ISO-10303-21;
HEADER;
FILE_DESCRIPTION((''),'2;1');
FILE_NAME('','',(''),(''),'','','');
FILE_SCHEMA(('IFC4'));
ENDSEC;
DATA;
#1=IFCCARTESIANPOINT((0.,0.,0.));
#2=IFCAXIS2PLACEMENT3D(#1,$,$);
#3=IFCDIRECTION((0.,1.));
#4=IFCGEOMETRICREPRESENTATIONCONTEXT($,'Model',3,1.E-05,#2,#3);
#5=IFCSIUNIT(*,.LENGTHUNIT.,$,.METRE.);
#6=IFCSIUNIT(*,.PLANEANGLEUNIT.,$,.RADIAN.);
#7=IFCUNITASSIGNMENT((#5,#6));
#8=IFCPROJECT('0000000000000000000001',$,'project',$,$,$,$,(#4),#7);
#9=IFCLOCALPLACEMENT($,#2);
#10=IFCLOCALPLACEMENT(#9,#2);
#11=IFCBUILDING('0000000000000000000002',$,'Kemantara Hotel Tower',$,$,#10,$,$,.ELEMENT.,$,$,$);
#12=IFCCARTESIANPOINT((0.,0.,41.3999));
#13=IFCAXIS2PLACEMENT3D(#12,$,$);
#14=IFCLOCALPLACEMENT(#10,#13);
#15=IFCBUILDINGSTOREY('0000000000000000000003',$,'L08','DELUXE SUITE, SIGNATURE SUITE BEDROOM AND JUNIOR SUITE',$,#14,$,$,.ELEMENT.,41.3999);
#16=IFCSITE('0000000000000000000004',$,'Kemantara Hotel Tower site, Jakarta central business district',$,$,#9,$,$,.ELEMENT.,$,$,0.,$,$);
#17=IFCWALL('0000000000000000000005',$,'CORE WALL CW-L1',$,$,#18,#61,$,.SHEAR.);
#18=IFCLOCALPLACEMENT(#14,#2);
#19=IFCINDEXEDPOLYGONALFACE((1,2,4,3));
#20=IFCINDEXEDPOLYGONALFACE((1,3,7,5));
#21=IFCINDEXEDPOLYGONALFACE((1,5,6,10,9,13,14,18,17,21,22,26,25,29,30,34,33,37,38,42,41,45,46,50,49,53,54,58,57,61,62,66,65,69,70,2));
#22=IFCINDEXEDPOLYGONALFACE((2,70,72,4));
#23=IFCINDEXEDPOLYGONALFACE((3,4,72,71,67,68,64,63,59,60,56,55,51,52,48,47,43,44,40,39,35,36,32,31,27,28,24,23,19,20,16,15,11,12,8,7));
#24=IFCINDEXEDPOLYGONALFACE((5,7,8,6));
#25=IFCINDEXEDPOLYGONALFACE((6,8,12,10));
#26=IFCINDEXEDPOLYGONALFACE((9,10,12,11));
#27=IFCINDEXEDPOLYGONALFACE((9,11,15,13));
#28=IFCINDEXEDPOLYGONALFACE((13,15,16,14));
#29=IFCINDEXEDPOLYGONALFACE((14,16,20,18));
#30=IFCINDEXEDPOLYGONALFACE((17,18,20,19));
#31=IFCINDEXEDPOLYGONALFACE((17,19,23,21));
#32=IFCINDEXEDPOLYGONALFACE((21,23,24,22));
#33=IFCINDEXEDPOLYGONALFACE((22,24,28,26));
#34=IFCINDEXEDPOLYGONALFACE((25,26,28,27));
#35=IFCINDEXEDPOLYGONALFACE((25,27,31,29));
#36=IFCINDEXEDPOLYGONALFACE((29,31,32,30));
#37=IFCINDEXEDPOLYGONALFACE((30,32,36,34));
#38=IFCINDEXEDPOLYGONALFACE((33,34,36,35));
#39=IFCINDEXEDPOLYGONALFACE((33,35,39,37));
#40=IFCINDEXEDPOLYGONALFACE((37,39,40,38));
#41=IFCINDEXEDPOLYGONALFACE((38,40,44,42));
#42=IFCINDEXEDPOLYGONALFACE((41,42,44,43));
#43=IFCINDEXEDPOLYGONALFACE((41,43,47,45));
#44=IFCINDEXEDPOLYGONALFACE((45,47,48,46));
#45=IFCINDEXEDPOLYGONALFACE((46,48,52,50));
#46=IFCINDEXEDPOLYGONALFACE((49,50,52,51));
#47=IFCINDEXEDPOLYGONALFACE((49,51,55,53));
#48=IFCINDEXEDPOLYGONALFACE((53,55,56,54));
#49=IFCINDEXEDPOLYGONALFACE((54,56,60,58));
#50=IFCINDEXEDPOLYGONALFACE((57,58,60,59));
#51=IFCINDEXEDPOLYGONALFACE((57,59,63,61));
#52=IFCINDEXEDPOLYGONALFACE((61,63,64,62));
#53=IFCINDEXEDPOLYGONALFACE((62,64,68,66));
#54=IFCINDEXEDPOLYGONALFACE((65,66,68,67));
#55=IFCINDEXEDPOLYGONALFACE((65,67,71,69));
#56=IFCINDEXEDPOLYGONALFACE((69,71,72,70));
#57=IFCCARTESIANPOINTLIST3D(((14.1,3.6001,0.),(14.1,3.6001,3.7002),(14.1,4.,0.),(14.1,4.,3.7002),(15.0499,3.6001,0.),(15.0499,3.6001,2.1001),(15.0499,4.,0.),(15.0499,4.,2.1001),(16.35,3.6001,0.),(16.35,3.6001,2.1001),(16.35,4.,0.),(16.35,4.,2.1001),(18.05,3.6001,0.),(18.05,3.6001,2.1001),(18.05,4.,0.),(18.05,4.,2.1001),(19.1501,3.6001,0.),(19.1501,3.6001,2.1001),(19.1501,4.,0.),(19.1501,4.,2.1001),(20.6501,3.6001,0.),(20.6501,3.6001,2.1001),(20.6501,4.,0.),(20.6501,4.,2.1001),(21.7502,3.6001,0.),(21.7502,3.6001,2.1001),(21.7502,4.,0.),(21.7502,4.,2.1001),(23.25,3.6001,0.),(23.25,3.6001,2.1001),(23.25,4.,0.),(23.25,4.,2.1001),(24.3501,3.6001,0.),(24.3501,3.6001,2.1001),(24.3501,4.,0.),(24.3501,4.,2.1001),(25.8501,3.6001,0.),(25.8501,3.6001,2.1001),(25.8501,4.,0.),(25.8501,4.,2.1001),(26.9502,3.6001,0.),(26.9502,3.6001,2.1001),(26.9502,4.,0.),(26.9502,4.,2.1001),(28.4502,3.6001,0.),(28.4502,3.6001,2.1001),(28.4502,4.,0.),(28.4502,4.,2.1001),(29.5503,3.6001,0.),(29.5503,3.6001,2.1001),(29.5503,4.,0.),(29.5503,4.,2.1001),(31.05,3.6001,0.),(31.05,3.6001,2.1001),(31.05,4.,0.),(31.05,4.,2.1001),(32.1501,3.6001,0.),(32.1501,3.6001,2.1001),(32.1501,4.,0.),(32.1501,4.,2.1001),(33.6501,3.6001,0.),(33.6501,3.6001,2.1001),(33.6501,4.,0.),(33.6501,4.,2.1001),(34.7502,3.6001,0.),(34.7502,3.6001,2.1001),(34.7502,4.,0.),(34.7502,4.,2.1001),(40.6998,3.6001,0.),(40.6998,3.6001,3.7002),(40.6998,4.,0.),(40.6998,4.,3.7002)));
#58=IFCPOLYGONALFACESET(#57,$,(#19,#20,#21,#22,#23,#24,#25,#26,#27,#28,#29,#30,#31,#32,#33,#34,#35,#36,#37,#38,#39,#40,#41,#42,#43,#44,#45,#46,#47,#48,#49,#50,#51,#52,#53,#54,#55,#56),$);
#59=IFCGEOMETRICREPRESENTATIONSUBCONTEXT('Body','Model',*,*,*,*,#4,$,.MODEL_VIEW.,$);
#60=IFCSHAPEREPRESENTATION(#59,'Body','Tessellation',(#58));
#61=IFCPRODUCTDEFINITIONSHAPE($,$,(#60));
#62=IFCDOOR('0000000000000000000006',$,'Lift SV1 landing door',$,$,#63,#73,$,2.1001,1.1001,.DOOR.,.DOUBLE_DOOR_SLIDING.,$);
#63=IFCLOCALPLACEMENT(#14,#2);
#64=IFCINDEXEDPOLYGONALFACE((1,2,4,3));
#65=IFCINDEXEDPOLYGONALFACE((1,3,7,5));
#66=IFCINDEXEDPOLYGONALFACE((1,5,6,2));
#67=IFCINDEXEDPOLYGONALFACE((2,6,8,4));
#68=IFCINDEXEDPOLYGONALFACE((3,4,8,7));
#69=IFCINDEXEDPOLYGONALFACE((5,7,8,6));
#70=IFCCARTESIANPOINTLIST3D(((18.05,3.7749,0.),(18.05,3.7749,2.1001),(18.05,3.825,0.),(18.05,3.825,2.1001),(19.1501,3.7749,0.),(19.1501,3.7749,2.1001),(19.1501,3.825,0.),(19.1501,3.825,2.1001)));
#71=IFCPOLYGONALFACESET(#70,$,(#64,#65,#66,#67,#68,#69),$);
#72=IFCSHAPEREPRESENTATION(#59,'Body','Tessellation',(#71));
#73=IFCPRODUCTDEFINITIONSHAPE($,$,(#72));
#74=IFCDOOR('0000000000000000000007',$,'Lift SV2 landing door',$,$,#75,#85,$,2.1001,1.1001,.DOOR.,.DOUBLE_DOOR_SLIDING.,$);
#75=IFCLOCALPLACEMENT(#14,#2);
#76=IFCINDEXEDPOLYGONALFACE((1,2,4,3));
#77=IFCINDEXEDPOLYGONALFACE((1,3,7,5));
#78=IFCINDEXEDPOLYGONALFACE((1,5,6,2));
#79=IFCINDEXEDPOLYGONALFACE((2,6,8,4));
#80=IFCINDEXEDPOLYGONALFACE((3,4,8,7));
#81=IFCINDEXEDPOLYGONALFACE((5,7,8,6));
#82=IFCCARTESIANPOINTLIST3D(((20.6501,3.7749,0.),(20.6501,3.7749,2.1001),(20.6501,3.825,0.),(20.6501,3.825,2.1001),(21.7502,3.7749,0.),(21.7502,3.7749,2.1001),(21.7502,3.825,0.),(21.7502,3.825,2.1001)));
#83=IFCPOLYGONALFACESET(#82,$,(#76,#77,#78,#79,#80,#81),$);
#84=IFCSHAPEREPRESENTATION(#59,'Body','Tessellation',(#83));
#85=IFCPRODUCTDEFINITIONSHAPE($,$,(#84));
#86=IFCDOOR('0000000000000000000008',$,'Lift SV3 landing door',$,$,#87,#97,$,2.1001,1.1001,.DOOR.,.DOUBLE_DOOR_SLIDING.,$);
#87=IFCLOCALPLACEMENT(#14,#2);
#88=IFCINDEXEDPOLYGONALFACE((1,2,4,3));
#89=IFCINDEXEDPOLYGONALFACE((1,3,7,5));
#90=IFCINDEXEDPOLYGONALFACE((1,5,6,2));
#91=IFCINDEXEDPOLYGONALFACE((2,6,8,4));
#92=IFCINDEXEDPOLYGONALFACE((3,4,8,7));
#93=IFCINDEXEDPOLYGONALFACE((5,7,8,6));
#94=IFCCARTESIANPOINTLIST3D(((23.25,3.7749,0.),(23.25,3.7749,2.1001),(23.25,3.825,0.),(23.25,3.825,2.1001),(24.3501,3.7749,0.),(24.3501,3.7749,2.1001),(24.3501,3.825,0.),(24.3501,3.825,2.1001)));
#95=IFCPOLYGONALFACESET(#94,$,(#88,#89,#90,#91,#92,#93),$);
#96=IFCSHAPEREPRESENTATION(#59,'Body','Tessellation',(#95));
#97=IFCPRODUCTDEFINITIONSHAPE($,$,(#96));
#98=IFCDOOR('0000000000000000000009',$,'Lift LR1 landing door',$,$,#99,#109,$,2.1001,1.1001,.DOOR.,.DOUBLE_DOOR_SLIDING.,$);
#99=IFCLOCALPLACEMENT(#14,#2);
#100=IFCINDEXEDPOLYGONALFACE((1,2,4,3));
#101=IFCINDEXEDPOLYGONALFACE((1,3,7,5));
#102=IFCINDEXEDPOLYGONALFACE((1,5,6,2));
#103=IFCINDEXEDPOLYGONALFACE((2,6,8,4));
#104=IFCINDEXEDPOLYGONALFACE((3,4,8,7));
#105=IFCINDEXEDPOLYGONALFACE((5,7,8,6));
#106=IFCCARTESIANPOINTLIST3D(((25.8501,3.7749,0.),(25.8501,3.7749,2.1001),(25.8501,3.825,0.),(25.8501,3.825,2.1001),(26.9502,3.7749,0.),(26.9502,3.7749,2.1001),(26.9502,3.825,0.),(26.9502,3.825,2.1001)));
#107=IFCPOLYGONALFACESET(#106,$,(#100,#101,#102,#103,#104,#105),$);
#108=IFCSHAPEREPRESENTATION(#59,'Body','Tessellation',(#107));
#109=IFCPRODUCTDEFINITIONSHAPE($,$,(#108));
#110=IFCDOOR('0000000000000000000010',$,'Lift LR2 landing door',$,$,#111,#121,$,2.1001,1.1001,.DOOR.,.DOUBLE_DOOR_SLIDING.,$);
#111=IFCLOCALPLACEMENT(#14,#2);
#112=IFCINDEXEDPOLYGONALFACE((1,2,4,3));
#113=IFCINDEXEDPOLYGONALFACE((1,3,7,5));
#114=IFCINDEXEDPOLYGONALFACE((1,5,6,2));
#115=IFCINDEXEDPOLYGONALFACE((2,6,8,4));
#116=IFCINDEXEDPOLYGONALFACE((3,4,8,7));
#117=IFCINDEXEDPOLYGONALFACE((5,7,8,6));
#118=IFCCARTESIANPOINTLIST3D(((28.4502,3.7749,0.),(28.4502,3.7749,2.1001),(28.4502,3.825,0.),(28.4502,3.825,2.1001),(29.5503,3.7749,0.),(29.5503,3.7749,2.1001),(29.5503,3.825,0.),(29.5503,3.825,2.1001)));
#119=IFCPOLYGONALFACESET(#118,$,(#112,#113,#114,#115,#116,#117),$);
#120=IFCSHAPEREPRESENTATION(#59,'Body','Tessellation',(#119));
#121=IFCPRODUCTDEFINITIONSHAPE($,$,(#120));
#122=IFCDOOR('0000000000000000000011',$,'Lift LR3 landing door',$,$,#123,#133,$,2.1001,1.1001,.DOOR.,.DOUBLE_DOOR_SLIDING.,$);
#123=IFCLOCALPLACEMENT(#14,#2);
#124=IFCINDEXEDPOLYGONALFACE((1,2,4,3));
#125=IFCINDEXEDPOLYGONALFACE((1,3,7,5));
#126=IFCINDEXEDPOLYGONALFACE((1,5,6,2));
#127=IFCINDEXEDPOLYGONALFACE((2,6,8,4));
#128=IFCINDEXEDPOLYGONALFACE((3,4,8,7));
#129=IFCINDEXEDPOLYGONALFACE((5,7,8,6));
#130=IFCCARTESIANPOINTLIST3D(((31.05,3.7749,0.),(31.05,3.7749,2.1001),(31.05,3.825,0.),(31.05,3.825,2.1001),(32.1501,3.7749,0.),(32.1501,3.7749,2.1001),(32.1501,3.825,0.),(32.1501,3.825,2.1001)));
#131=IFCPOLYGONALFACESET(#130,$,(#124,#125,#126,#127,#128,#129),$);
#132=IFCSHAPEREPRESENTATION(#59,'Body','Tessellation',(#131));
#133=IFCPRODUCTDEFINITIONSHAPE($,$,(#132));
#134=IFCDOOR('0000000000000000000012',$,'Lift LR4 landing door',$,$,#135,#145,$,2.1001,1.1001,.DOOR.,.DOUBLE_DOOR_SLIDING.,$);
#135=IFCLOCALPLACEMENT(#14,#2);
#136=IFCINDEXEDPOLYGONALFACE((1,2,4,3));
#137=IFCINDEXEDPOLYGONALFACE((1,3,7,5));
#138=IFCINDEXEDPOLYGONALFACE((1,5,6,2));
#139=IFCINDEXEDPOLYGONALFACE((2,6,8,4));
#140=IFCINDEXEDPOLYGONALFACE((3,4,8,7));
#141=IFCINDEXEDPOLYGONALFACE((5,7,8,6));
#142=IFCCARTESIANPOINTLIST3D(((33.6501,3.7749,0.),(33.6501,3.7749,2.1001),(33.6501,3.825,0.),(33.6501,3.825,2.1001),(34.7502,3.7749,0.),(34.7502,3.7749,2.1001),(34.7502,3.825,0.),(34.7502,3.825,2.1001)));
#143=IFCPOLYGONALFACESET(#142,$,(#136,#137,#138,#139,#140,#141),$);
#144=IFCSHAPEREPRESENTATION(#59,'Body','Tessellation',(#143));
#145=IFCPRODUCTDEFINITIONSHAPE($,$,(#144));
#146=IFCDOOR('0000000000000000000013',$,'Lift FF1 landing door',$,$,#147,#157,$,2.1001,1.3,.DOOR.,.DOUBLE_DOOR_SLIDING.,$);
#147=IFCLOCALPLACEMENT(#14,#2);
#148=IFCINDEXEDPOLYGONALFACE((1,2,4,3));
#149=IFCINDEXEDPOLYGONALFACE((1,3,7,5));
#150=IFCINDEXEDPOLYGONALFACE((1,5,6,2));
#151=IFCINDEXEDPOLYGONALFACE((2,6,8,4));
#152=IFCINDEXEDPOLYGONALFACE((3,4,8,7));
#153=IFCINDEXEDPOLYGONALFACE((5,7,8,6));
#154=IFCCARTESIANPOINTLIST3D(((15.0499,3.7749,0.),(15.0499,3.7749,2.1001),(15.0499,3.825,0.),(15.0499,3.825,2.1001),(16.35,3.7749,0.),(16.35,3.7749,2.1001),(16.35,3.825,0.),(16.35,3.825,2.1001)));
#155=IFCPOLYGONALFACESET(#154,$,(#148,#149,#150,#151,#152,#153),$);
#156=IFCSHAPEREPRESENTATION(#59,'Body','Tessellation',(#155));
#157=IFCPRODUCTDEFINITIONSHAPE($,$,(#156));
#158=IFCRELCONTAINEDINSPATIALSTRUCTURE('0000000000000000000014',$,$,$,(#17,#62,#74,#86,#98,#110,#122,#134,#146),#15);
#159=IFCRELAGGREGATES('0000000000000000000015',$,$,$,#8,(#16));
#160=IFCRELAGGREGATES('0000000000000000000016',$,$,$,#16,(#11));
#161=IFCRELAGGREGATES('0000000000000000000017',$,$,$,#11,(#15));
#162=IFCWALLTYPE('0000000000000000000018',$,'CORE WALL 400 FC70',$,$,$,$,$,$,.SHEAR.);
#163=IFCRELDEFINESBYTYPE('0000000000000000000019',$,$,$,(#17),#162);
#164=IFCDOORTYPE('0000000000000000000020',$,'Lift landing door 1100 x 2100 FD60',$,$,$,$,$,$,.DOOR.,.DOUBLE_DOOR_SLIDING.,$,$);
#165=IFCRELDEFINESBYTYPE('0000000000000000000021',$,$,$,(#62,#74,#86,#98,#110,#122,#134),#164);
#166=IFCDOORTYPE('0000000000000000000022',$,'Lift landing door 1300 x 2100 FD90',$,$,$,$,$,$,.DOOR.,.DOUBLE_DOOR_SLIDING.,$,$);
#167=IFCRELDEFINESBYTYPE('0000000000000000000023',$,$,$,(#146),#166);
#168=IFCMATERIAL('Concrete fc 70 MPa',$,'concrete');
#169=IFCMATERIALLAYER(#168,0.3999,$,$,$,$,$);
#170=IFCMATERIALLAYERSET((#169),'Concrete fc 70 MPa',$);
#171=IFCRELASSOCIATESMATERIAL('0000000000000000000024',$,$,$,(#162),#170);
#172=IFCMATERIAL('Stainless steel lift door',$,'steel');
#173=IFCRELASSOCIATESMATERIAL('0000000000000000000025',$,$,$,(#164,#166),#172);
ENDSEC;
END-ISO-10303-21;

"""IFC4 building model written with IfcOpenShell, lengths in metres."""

from ifc_helpers import new_model, si_unit, direction, frame, frame_2d, origin, place, context, subcontext, project, spatial, rectangle, extrude, material, layer, layer_set, type_object, element, fill, save


model = new_model("IFC4")

# Units and contexts
model_context = context("Model", 3, precision=1e-05, world=origin(), true_north=direction((0.0, 1.0)))
body_context = subcontext(model_context, "Body", "Model", "MODEL_VIEW")
ifc_project = project(units=[si_unit("LENGTHUNIT", "METRE"), si_unit("PLANEANGLEUNIT", "RADIAN")], contexts=[model_context])

# Site, building, storey
site_placement = place(None, origin())
site = spatial("IfcSite", under=ifc_project, at=site_placement, Name="Kemantara Hotel Tower site, Jakarta central business district", CompositionType="ELEMENT", RefElevation=0.0)
building_placement = place(site_placement, origin())
building = spatial("IfcBuilding", under=site, at=building_placement, Name="Kemantara Hotel Tower", CompositionType="ELEMENT")
storey_placement = place(building_placement, frame((0.0, 0.0, 41.3999)))
storey = spatial("IfcBuildingStorey", under=building, at=storey_placement, Name="L08", Description="DELUXE SUITE, SIGNATURE SUITE BEDROOM AND JUNIOR SUITE", CompositionType="ELEMENT", Elevation=41.3999)

# Shared definitions
ifc_material_1 = material(Name="Concrete fc 70 MPa", Category="concrete")

# Shared definitions
ifc_layer_1 = layer(ifc_material_1, 0.3999)
ifc_layer_set_1 = layer_set([ifc_layer_1], Name="Concrete fc 70 MPa")
wall_type_1 = type_object("IfcWallType", Name="CORE WALL 400 FC70", PredefinedType="SHEAR", material=ifc_layer_set_1)

# Wall, openings, doors
wall_1_placement = place(storey_placement, frame((14.1001, 3.8, 0.0), z_axis=(0.0, 0.0, 1.0), x_axis=(1.0, 0.0, 0.0)))
wall_1 = element("IfcWall", 1, at=wall_1_placement, inside=storey, type_object=wall_type_1, Name="CORE WALL CW-L1", PredefinedType="SHEAR", context=body_context, shape_type="SweptSolid", body=[
    extrude(rectangle(XDim=26.5999, YDim=0.3999, at=frame_2d((13.2998, 0.0))), origin(), (0.0, 0.0, 1.0), 3.7002),
])
opening_1_placement = place(wall_1_placement, frame((0.95, 0.0, 0.0)))
opening_1 = element("IfcOpeningElement", 2, at=opening_1_placement, cuts=wall_1, PredefinedType="OPENING", context=body_context, shape_type="SweptSolid", body=[
    extrude(rectangle(XDim=1.3, YDim=2.1001, at=frame_2d((0.6499, 1.05))), frame((0.0, 0.21, 0.0), z_axis=(0.0, -1.0, 0.0), x_axis=(1.0, 0.0, 0.0)), (0.0, 0.0, 1.0), 0.4199),
])
opening_2_placement = place(wall_1_placement, frame((3.95, 0.0, 0.0)))
opening_2 = element("IfcOpeningElement", 3, at=opening_2_placement, cuts=wall_1, PredefinedType="OPENING", context=body_context, shape_type="SweptSolid", body=[
    extrude(rectangle(XDim=1.1001, YDim=2.1001, at=frame_2d((0.55, 1.05))), frame((0.0, 0.21, 0.0), z_axis=(0.0, -1.0, 0.0), x_axis=(1.0, 0.0, 0.0)), (0.0, 0.0, 1.0), 0.4199),
])
opening_3_placement = place(wall_1_placement, frame((6.55, 0.0, 0.0)))
opening_3 = element("IfcOpeningElement", 4, at=opening_3_placement, cuts=wall_1, PredefinedType="OPENING", context=body_context, shape_type="SweptSolid", body=[
    extrude(rectangle(XDim=1.1001, YDim=2.1001, at=frame_2d((0.55, 1.05))), frame((0.0, 0.21, 0.0), z_axis=(0.0, -1.0, 0.0), x_axis=(1.0, 0.0, 0.0)), (0.0, 0.0, 1.0), 0.4199),
])
opening_4_placement = place(wall_1_placement, frame((9.1499, 0.0, 0.0)))
opening_4 = element("IfcOpeningElement", 5, at=opening_4_placement, cuts=wall_1, PredefinedType="OPENING", context=body_context, shape_type="SweptSolid", body=[
    extrude(rectangle(XDim=1.1001, YDim=2.1001, at=frame_2d((0.55, 1.05))), frame((0.0, 0.21, 0.0), z_axis=(0.0, -1.0, 0.0), x_axis=(1.0, 0.0, 0.0)), (0.0, 0.0, 1.0), 0.4199),
])
opening_5_placement = place(wall_1_placement, frame((11.75, 0.0, 0.0)))
opening_5 = element("IfcOpeningElement", 6, at=opening_5_placement, cuts=wall_1, PredefinedType="OPENING", context=body_context, shape_type="SweptSolid", body=[
    extrude(rectangle(XDim=1.1001, YDim=2.1001, at=frame_2d((0.55, 1.05))), frame((0.0, 0.21, 0.0), z_axis=(0.0, -1.0, 0.0), x_axis=(1.0, 0.0, 0.0)), (0.0, 0.0, 1.0), 0.4199),
])
opening_6_placement = place(wall_1_placement, frame((14.3501, 0.0, 0.0)))
opening_6 = element("IfcOpeningElement", 7, at=opening_6_placement, cuts=wall_1, PredefinedType="OPENING", context=body_context, shape_type="SweptSolid", body=[
    extrude(rectangle(XDim=1.1001, YDim=2.1001, at=frame_2d((0.55, 1.05))), frame((0.0, 0.21, 0.0), z_axis=(0.0, -1.0, 0.0), x_axis=(1.0, 0.0, 0.0)), (0.0, 0.0, 1.0), 0.4199),
])
opening_7_placement = place(wall_1_placement, frame((16.95, 0.0, 0.0)))
opening_7 = element("IfcOpeningElement", 8, at=opening_7_placement, cuts=wall_1, PredefinedType="OPENING", context=body_context, shape_type="SweptSolid", body=[
    extrude(rectangle(XDim=1.1001, YDim=2.1001, at=frame_2d((0.55, 1.05))), frame((0.0, 0.21, 0.0), z_axis=(0.0, -1.0, 0.0), x_axis=(1.0, 0.0, 0.0)), (0.0, 0.0, 1.0), 0.4199),
])
opening_8_placement = place(wall_1_placement, frame((19.55, 0.0, 0.0)))
opening_8 = element("IfcOpeningElement", 9, at=opening_8_placement, cuts=wall_1, PredefinedType="OPENING", context=body_context, shape_type="SweptSolid", body=[
    extrude(rectangle(XDim=1.1001, YDim=2.1001, at=frame_2d((0.55, 1.05))), frame((0.0, 0.21, 0.0), z_axis=(0.0, -1.0, 0.0), x_axis=(1.0, 0.0, 0.0)), (0.0, 0.0, 1.0), 0.4199),
])
ifc_material_2 = material(Name="Stainless steel lift door", Category="steel")
door_type_1 = type_object("IfcDoorType", Name="Lift landing door 1100 x 2100 FD60", OperationType="DOUBLE_DOOR_SLIDING", PredefinedType="DOOR", material=ifc_material_2)
door_1_placement = place(opening_2_placement, origin())
door_1 = element("IfcDoor", 10, at=door_1_placement, inside=storey, type_object=door_type_1, Name="Lift SV1 landing door", OperationType="DOUBLE_DOOR_SLIDING", OverallHeight=2.1001, OverallWidth=1.1001, PredefinedType="DOOR", context=body_context, shape_type="SweptSolid", body=[
    extrude(rectangle(XDim=1.1001, YDim=2.1001, at=frame_2d((0.55, 1.05))), frame((0.0, 0.0249, 0.0), z_axis=(0.0, -1.0, 0.0), x_axis=(1.0, 0.0, 0.0)), (0.0, 0.0, 1.0), 0.05),
])
fill(opening_2, door_1)
door_2_placement = place(opening_3_placement, origin())
door_2 = element("IfcDoor", 11, at=door_2_placement, inside=storey, type_object=door_type_1, Name="Lift SV2 landing door", OperationType="DOUBLE_DOOR_SLIDING", OverallHeight=2.1001, OverallWidth=1.1001, PredefinedType="DOOR", context=body_context, shape_type="SweptSolid", body=[
    extrude(rectangle(XDim=1.1001, YDim=2.1001, at=frame_2d((0.55, 1.05))), frame((0.0, 0.0249, 0.0), z_axis=(0.0, -1.0, 0.0), x_axis=(1.0, 0.0, 0.0)), (0.0, 0.0, 1.0), 0.05),
])
fill(opening_3, door_2)
door_3_placement = place(opening_4_placement, origin())
door_3 = element("IfcDoor", 12, at=door_3_placement, inside=storey, type_object=door_type_1, Name="Lift SV3 landing door", OperationType="DOUBLE_DOOR_SLIDING", OverallHeight=2.1001, OverallWidth=1.1001, PredefinedType="DOOR", context=body_context, shape_type="SweptSolid", body=[
    extrude(rectangle(XDim=1.1001, YDim=2.1001, at=frame_2d((0.55, 1.05))), frame((0.0, 0.0249, 0.0), z_axis=(0.0, -1.0, 0.0), x_axis=(1.0, 0.0, 0.0)), (0.0, 0.0, 1.0), 0.05),
])
fill(opening_4, door_3)
door_4_placement = place(opening_5_placement, origin())
door_4 = element("IfcDoor", 13, at=door_4_placement, inside=storey, type_object=door_type_1, Name="Lift LR1 landing door", OperationType="DOUBLE_DOOR_SLIDING", OverallHeight=2.1001, OverallWidth=1.1001, PredefinedType="DOOR", context=body_context, shape_type="SweptSolid", body=[
    extrude(rectangle(XDim=1.1001, YDim=2.1001, at=frame_2d((0.55, 1.05))), frame((0.0, 0.0249, 0.0), z_axis=(0.0, -1.0, 0.0), x_axis=(1.0, 0.0, 0.0)), (0.0, 0.0, 1.0), 0.05),
])
fill(opening_5, door_4)
door_5_placement = place(opening_6_placement, origin())
door_5 = element("IfcDoor", 14, at=door_5_placement, inside=storey, type_object=door_type_1, Name="Lift LR2 landing door", OperationType="DOUBLE_DOOR_SLIDING", OverallHeight=2.1001, OverallWidth=1.1001, PredefinedType="DOOR", context=body_context, shape_type="SweptSolid", body=[
    extrude(rectangle(XDim=1.1001, YDim=2.1001, at=frame_2d((0.55, 1.05))), frame((0.0, 0.0249, 0.0), z_axis=(0.0, -1.0, 0.0), x_axis=(1.0, 0.0, 0.0)), (0.0, 0.0, 1.0), 0.05),
])
fill(opening_6, door_5)
door_6_placement = place(opening_7_placement, origin())
door_6 = element("IfcDoor", 15, at=door_6_placement, inside=storey, type_object=door_type_1, Name="Lift LR3 landing door", OperationType="DOUBLE_DOOR_SLIDING", OverallHeight=2.1001, OverallWidth=1.1001, PredefinedType="DOOR", context=body_context, shape_type="SweptSolid", body=[
    extrude(rectangle(XDim=1.1001, YDim=2.1001, at=frame_2d((0.55, 1.05))), frame((0.0, 0.0249, 0.0), z_axis=(0.0, -1.0, 0.0), x_axis=(1.0, 0.0, 0.0)), (0.0, 0.0, 1.0), 0.05),
])
fill(opening_7, door_6)
door_7_placement = place(opening_8_placement, origin())
door_7 = element("IfcDoor", 16, at=door_7_placement, inside=storey, type_object=door_type_1, Name="Lift LR4 landing door", OperationType="DOUBLE_DOOR_SLIDING", OverallHeight=2.1001, OverallWidth=1.1001, PredefinedType="DOOR", context=body_context, shape_type="SweptSolid", body=[
    extrude(rectangle(XDim=1.1001, YDim=2.1001, at=frame_2d((0.55, 1.05))), frame((0.0, 0.0249, 0.0), z_axis=(0.0, -1.0, 0.0), x_axis=(1.0, 0.0, 0.0)), (0.0, 0.0, 1.0), 0.05),
])
fill(opening_8, door_7)
door_type_2 = type_object("IfcDoorType", Name="Lift landing door 1300 x 2100 FD90", OperationType="DOUBLE_DOOR_SLIDING", PredefinedType="DOOR", material=ifc_material_2)
door_8_placement = place(opening_1_placement, origin())
door_8 = element("IfcDoor", 17, at=door_8_placement, inside=storey, type_object=door_type_2, Name="Lift FF1 landing door", OperationType="DOUBLE_DOOR_SLIDING", OverallHeight=2.1001, OverallWidth=1.3, PredefinedType="DOOR", context=body_context, shape_type="SweptSolid", body=[
    extrude(rectangle(XDim=1.3, YDim=2.1001, at=frame_2d((0.6499, 1.05))), frame((0.0, 0.0249, 0.0), z_axis=(0.0, -1.0, 0.0), x_axis=(1.0, 0.0, 0.0)), (0.0, 0.0, 1.0), 0.05),
])
fill(opening_1, door_8)

save(model, "model.ifc")
